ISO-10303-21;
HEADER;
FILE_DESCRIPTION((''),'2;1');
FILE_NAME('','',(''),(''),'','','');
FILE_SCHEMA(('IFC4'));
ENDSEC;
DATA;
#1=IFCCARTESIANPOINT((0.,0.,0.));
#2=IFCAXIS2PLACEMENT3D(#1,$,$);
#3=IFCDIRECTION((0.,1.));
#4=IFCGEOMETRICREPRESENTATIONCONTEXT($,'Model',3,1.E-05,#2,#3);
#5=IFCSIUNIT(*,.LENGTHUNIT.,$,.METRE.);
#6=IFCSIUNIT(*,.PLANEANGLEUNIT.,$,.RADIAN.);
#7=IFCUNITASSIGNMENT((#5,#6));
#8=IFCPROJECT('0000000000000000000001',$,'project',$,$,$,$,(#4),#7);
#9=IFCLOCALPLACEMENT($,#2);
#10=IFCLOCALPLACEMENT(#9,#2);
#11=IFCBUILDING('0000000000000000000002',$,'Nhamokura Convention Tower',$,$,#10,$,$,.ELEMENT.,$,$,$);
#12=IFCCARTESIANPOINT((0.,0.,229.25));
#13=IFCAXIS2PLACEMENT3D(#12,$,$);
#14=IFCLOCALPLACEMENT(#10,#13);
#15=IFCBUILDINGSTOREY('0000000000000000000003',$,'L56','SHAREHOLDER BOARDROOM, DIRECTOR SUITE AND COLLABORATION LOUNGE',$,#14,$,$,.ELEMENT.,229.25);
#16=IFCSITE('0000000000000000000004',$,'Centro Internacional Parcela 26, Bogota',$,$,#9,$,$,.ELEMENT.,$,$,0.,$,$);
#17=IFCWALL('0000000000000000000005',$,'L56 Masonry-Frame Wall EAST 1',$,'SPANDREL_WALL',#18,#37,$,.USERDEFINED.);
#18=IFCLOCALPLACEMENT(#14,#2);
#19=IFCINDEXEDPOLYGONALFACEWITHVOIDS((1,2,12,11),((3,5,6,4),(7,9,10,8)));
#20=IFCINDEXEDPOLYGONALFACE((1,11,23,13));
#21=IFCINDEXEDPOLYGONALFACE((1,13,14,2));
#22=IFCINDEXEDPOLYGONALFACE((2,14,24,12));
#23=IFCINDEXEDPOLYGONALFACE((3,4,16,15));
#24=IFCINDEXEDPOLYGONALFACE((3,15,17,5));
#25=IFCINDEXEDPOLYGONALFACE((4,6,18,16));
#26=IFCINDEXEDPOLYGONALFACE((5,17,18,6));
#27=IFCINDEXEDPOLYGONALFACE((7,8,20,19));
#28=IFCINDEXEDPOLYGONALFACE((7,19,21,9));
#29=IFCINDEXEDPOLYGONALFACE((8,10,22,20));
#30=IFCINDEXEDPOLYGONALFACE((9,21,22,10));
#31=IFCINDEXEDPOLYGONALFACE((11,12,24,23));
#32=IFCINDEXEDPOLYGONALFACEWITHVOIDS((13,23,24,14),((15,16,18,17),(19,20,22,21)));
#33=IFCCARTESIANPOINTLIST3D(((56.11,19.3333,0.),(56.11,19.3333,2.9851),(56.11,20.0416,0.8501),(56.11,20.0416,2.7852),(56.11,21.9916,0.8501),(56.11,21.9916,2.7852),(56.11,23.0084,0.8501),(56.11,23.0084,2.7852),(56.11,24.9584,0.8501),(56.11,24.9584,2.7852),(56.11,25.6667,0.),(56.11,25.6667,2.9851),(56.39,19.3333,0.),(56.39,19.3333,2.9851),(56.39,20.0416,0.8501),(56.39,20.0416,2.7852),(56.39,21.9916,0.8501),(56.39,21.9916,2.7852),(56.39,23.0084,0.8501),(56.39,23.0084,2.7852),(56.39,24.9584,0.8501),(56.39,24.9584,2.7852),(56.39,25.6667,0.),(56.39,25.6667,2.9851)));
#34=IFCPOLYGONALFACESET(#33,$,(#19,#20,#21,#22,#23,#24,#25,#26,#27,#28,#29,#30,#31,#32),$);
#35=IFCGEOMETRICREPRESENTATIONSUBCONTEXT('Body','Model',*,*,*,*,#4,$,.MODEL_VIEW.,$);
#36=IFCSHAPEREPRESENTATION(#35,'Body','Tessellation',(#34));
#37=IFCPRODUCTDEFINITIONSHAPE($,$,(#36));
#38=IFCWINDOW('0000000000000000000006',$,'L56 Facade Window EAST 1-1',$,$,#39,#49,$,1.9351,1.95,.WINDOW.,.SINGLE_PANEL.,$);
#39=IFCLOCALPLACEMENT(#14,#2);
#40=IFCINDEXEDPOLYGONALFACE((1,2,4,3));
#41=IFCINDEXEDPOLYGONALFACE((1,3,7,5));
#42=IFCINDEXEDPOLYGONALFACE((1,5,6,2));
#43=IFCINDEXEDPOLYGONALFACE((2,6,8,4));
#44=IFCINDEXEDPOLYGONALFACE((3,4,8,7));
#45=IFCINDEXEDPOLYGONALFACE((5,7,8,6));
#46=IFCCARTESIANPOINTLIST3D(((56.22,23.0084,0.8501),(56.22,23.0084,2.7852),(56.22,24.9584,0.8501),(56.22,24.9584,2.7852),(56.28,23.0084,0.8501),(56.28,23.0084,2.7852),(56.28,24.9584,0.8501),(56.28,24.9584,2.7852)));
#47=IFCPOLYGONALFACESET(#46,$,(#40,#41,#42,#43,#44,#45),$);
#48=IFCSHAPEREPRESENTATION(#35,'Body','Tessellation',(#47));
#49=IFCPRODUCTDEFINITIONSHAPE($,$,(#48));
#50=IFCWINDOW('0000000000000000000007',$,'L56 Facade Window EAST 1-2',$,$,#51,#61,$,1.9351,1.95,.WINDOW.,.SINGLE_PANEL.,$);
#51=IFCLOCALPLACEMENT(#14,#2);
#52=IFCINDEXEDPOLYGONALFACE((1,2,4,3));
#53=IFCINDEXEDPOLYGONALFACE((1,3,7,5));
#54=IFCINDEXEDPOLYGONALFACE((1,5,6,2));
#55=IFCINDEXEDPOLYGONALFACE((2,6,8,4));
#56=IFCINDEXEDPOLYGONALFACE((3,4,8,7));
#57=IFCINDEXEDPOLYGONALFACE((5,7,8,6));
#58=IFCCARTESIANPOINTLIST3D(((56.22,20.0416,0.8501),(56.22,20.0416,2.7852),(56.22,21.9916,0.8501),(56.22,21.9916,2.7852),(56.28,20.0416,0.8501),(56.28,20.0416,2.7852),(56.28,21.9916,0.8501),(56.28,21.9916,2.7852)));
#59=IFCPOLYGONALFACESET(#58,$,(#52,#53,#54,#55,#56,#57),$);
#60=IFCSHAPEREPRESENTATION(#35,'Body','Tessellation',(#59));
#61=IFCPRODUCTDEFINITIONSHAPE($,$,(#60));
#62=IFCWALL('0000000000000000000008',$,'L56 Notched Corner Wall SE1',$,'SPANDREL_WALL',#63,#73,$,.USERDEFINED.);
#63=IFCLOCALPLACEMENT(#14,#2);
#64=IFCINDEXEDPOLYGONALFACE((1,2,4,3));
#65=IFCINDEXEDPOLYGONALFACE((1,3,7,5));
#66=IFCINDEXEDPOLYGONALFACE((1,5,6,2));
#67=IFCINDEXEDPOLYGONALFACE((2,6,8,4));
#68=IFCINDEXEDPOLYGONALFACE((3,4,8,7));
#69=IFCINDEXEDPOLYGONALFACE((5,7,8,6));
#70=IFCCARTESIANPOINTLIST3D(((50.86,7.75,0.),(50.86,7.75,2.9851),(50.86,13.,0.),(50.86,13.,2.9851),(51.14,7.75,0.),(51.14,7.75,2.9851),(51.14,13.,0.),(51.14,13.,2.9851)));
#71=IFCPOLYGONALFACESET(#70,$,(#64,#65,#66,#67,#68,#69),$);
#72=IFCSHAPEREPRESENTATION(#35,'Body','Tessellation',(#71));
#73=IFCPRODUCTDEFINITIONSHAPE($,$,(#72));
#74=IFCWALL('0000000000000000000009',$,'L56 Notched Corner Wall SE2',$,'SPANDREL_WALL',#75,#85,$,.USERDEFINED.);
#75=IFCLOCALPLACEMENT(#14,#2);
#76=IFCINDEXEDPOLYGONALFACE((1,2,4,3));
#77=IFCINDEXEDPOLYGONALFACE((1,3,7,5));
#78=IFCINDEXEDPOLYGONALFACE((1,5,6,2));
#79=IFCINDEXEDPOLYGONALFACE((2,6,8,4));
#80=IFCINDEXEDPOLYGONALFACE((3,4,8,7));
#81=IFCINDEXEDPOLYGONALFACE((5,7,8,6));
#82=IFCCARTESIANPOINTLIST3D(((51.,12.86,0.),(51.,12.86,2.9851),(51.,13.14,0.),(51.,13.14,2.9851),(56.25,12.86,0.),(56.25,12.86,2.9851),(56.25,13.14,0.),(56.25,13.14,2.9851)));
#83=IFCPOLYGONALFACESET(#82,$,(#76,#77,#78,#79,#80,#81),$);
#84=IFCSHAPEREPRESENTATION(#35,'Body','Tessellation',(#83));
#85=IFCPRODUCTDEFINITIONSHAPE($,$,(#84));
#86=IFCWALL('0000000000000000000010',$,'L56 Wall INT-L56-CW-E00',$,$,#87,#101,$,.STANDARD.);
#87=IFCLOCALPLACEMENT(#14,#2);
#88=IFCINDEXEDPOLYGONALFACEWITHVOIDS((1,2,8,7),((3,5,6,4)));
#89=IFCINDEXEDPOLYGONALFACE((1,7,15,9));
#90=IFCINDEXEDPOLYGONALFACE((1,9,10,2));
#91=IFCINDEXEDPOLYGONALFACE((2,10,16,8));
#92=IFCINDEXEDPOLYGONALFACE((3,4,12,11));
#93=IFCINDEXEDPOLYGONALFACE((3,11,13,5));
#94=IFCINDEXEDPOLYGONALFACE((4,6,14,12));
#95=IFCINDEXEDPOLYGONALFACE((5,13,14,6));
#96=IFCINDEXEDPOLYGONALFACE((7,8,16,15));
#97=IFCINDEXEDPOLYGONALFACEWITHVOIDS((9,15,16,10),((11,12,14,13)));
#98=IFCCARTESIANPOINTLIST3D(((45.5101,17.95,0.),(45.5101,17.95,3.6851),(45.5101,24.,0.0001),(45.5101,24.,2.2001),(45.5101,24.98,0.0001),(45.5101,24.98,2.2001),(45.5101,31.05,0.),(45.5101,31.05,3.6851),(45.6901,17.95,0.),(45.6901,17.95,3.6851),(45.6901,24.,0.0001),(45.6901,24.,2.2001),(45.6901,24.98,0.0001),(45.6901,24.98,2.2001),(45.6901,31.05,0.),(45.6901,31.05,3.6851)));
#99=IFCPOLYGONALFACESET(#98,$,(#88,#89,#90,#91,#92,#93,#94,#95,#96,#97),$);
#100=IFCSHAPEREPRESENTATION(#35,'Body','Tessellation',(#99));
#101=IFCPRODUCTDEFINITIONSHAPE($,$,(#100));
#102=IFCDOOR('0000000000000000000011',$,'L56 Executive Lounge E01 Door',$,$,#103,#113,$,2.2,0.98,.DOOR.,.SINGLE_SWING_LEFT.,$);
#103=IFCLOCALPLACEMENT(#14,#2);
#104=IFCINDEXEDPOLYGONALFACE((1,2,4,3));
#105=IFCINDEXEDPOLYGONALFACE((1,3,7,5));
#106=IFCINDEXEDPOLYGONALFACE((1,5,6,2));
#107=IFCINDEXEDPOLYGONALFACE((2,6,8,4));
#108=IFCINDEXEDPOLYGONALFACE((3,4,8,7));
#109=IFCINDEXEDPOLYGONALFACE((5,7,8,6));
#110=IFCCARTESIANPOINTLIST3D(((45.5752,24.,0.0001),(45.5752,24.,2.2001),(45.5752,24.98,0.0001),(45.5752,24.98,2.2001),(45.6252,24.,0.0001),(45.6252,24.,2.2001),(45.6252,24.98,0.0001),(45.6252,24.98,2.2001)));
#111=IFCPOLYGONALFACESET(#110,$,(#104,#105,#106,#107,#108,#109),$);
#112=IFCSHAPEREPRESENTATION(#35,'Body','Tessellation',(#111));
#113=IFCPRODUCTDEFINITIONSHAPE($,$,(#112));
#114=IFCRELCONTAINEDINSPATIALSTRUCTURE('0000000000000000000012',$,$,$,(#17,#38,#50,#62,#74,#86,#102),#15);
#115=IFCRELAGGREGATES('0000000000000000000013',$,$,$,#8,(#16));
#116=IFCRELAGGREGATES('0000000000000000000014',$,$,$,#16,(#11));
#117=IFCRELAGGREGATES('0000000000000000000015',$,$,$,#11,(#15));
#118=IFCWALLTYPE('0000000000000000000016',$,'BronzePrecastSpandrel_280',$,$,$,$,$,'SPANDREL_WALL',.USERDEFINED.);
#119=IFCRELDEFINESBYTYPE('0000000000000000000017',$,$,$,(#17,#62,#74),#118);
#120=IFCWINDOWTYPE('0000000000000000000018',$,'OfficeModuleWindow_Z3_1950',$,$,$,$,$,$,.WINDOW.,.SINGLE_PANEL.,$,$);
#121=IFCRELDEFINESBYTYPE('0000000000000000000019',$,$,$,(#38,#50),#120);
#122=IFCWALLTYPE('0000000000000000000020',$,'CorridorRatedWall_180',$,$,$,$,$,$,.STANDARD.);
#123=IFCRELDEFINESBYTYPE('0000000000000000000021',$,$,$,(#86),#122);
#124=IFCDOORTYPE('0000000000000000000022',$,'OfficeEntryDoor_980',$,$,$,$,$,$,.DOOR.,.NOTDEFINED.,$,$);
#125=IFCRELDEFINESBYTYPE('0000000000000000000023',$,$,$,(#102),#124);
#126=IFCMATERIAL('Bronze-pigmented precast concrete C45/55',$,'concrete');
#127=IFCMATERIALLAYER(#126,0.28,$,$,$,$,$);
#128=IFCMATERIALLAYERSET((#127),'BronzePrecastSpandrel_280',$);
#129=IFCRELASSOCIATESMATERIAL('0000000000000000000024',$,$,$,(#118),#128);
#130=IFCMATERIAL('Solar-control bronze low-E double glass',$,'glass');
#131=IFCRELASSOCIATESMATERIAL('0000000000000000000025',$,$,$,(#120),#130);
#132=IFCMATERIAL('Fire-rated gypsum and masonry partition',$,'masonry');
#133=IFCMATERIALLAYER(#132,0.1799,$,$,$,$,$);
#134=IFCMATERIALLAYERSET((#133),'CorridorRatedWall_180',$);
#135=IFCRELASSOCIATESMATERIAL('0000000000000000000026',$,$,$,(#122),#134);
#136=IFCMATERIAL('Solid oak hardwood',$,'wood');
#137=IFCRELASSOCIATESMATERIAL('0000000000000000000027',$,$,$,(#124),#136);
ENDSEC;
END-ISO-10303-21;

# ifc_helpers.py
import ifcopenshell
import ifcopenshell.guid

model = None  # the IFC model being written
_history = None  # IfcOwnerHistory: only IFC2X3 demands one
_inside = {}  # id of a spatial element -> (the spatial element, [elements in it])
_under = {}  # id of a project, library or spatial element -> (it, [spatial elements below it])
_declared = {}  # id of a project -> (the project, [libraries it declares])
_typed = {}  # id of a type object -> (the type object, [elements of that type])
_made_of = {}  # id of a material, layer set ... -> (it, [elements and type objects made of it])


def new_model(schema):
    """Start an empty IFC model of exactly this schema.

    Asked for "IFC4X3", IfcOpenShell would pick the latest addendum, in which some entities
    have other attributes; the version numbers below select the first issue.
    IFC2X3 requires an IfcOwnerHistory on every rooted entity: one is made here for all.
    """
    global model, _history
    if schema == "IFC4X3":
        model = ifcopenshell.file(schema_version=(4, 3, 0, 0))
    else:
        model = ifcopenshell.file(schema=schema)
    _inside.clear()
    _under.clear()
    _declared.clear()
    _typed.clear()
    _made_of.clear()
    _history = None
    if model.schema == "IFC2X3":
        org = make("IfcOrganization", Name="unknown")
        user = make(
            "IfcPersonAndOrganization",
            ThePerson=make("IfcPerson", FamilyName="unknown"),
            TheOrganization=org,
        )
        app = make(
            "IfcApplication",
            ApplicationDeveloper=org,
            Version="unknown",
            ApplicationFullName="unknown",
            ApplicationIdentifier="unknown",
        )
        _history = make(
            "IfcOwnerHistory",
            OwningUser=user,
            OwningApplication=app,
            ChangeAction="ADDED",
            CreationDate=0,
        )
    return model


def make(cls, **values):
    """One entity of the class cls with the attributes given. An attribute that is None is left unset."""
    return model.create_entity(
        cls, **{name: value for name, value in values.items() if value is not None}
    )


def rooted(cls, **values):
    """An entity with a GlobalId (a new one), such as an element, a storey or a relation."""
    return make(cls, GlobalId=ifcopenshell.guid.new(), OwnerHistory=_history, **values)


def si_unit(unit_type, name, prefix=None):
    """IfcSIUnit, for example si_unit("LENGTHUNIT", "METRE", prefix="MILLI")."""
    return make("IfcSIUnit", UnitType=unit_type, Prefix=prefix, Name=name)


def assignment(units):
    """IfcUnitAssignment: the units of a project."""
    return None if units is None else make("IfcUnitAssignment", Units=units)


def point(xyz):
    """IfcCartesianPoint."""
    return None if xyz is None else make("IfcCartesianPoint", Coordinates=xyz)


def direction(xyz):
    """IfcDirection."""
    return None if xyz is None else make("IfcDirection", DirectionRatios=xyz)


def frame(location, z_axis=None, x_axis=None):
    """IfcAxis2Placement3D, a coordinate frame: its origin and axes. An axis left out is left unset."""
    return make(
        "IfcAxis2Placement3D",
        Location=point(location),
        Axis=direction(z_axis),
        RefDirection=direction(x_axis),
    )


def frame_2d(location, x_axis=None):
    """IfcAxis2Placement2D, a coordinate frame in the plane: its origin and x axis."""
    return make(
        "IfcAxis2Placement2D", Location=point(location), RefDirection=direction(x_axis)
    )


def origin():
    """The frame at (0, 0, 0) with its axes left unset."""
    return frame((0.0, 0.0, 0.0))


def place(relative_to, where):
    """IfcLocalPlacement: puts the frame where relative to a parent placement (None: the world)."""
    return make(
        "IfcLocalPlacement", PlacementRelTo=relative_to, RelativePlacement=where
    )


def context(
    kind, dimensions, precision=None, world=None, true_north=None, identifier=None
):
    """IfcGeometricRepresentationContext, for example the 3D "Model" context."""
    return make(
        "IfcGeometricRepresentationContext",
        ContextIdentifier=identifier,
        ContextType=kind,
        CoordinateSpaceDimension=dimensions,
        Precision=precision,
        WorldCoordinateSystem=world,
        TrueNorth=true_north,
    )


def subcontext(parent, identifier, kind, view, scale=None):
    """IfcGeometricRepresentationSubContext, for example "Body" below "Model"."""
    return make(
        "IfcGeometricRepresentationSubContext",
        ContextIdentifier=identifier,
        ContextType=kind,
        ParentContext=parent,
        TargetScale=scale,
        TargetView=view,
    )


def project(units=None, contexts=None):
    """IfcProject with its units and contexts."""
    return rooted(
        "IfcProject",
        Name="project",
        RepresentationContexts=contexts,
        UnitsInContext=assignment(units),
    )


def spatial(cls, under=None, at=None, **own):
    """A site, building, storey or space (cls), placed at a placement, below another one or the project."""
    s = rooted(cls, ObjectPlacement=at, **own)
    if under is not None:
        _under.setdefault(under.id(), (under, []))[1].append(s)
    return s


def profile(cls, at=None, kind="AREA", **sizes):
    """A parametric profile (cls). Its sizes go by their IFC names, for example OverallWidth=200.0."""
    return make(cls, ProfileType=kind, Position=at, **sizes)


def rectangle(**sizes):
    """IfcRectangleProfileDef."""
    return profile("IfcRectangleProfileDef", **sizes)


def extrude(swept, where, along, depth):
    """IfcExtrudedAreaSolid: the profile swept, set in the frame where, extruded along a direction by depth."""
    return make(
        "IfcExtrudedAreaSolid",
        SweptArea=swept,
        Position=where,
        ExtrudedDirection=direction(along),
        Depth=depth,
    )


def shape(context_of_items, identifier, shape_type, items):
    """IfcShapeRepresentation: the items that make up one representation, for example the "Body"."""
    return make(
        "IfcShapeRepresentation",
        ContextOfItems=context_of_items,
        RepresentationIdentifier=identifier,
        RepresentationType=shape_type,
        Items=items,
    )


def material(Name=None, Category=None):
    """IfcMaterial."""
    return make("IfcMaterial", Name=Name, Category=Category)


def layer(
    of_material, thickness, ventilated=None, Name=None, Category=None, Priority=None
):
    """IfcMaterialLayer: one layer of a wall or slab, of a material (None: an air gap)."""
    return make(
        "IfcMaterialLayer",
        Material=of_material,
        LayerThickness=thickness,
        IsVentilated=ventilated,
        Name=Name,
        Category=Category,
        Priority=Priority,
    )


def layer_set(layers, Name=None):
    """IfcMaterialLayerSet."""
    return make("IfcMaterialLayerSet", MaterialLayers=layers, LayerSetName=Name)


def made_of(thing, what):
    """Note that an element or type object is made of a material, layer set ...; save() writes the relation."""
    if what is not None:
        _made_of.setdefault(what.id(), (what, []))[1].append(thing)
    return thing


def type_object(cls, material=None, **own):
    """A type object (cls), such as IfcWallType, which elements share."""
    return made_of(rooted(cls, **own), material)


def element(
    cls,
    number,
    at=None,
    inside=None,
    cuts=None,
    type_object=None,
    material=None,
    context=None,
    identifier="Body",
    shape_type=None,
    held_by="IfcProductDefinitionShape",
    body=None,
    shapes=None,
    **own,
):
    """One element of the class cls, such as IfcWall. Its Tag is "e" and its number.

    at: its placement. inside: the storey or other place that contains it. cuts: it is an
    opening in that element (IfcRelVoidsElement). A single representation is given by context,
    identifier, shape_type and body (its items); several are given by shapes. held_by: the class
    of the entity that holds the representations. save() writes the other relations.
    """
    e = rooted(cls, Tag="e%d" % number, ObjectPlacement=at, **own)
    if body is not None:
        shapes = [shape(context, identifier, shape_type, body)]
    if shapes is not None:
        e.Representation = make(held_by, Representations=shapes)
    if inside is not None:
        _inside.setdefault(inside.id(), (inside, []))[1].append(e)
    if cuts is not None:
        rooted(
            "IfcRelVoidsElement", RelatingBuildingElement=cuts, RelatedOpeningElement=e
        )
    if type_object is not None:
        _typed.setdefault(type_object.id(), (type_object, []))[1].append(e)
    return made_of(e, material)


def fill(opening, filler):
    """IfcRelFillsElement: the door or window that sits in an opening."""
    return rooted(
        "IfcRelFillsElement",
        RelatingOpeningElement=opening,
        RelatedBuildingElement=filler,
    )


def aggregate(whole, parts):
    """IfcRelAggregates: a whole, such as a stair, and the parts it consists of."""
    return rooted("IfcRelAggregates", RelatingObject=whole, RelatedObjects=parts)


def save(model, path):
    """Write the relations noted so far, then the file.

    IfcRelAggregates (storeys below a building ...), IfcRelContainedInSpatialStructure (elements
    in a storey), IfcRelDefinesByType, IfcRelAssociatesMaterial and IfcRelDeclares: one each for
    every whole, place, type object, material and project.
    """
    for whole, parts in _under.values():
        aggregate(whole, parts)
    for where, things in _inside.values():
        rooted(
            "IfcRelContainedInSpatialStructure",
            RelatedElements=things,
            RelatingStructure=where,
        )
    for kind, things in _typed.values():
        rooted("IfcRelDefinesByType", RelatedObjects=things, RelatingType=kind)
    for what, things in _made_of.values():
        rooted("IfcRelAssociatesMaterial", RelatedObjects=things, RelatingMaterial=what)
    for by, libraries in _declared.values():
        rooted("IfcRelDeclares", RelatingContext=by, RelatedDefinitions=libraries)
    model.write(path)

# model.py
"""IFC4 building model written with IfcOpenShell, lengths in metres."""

from ifc_helpers import new_model, si_unit, direction, frame, frame_2d, origin, place, context, subcontext, project, spatial, rectangle, extrude, material, layer, layer_set, type_object, element, fill, save


model = new_model("IFC4")

# Units and contexts
model_context = context("Model", 3, precision=1e-05, world=origin(), true_north=direction((0.0, 1.0)))
body_context = subcontext(model_context, "Body", "Model", "MODEL_VIEW")
ifc_project = project(units=[si_unit("LENGTHUNIT", "METRE"), si_unit("PLANEANGLEUNIT", "RADIAN")], contexts=[model_context])

# Site, building, storey
site_placement = place(None, origin())
site = spatial("IfcSite", under=ifc_project, at=site_placement, Name="Centro Internacional Parcela 26, Bogota", CompositionType="ELEMENT", RefElevation=0.0)
building_placement = place(site_placement, origin())
building = spatial("IfcBuilding", under=site, at=building_placement, Name="Nhamokura Convention Tower", CompositionType="ELEMENT")
storey_placement = place(building_placement, frame((0.0, 0.0, 229.25)))
storey = spatial("IfcBuildingStorey", under=building, at=storey_placement, Name="L56", Description="SHAREHOLDER BOARDROOM, DIRECTOR SUITE AND COLLABORATION LOUNGE", CompositionType="ELEMENT", Elevation=229.25)

# Shared definitions
ifc_material_1 = material(Name="Bronze-pigmented precast concrete C45/55", Category="concrete")
ifc_layer_1 = layer(ifc_material_1, 0.28)
ifc_layer_set_1 = layer_set([ifc_layer_1], Name="BronzePrecastSpandrel_280")
wall_type_1 = type_object("IfcWallType", Name="BronzePrecastSpandrel_280", ElementType="SPANDREL_WALL", PredefinedType="USERDEFINED", material=ifc_layer_set_1)
ifc_material_2 = material(Name="Solar-control bronze low-E double glass", Category="glass")
window_type = type_object("IfcWindowType", Name="OfficeModuleWindow_Z3_1950", PartitioningType="SINGLE_PANEL", PredefinedType="WINDOW", material=ifc_material_2)

# Wall, openings, windows
wall_1_placement = place(storey_placement, frame((56.25, 25.6667, 0.0), z_axis=(0.0, 0.0, 1.0), x_axis=(0.0, -1.0, 0.0)))
wall_1 = element("IfcWall", 1, at=wall_1_placement, inside=storey, type_object=wall_type_1, Name="L56 Masonry-Frame Wall EAST 1", ObjectType="SPANDREL_WALL", PredefinedType="USERDEFINED", context=body_context, shape_type="SweptSolid", body=[
    extrude(rectangle(XDim=6.3335, YDim=0.28, at=frame_2d((3.1667, 0.0))), origin(), (0.0, 0.0, 1.0), 2.9851),
])
opening_1_placement = place(wall_1_placement, frame((0.7083, 0.0, 0.8501)))
opening_1 = element("IfcOpeningElement", 2, at=opening_1_placement, cuts=wall_1, PredefinedType="OPENING", context=body_context, shape_type="SweptSolid", body=[
    extrude(rectangle(XDim=1.95, YDim=1.9351, at=frame_2d((0.9751, 0.9675))), frame((0.0, 0.1499, 0.0), z_axis=(0.0, -1.0, 0.0), x_axis=(1.0, 0.0, 0.0)), (0.0, 0.0, 1.0), 0.3),
])
opening_2_placement = place(wall_1_placement, frame((3.675, 0.0, 0.8501)))
opening_2 = element("IfcOpeningElement", 3, at=opening_2_placement, cuts=wall_1, PredefinedType="OPENING", context=body_context, shape_type="SweptSolid", body=[
    extrude(rectangle(XDim=1.95, YDim=1.9351, at=frame_2d((0.9751, 0.9675))), frame((0.0, 0.1499, 0.0), z_axis=(0.0, -1.0, 0.0), x_axis=(1.0, 0.0, 0.0)), (0.0, 0.0, 1.0), 0.3),
])
window_1_placement = place(opening_1_placement, origin())
window_1 = element("IfcWindow", 4, at=window_1_placement, inside=storey, type_object=window_type, Name="L56 Facade Window EAST 1-1", OverallHeight=1.9351, OverallWidth=1.95, PartitioningType="SINGLE_PANEL", PredefinedType="WINDOW", context=body_context, shape_type="SweptSolid", body=[
    extrude(rectangle(XDim=1.95, YDim=1.9351, at=frame_2d((0.9751, 0.9675))), frame((0.0, 0.03, 0.0), z_axis=(0.0, -1.0, 0.0), x_axis=(1.0, 0.0, 0.0)), (0.0, 0.0, 1.0), 0.0601),
])
fill(opening_1, window_1)
window_2_placement = place(opening_2_placement, origin())
window_2 = element("IfcWindow", 5, at=window_2_placement, inside=storey, type_object=window_type, Name="L56 Facade Window EAST 1-2", OverallHeight=1.9351, OverallWidth=1.95, PartitioningType="SINGLE_PANEL", PredefinedType="WINDOW", context=body_context, shape_type="SweptSolid", body=[
    extrude(rectangle(XDim=1.95, YDim=1.9351, at=frame_2d((0.9751, 0.9675))), frame((0.0, 0.03, 0.0), z_axis=(0.0, -1.0, 0.0), x_axis=(1.0, 0.0, 0.0)), (0.0, 0.0, 1.0), 0.0601),
])
fill(opening_2, window_2)

# Walls
for number, where, z_axis, x_axis, name in (
    (6, (51.0, 13.0, 0.0), (0.0, 0.0, 1.0), (0.0, -1.0, 0.0), "L56 Notched Corner Wall SE1"),
    (7, (56.25, 13.0, 0.0), (0.0, 0.0, 1.0), (-1.0, 0.0, 0.0), "L56 Notched Corner Wall SE2"),
):
    element("IfcWall", number, at=place(storey_placement, frame(where, z_axis=z_axis, x_axis=x_axis)), inside=storey, type_object=wall_type_1, Name=name, ObjectType="SPANDREL_WALL", PredefinedType="USERDEFINED", context=body_context, shape_type="SweptSolid", body=[
        extrude(rectangle(XDim=5.25, YDim=0.28, at=frame_2d((2.625, 0.0))), origin(), (0.0, 0.0, 1.0), 2.9851),
    ])

# Wall, opening, door
ifc_material_3 = material(Name="Fire-rated gypsum and masonry partition", Category="masonry")
ifc_layer_2 = layer(ifc_material_3, 0.1799)
ifc_layer_set_2 = layer_set([ifc_layer_2], Name="CorridorRatedWall_180")
wall_type_2 = type_object("IfcWallType", Name="CorridorRatedWall_180", PredefinedType="STANDARD", material=ifc_layer_set_2)
wall_2_placement = place(storey_placement, frame((45.6001, 17.95, 0.0), z_axis=(0.0, 0.0, 1.0), x_axis=(0.0, 1.0, 0.0)))
wall_2 = element("IfcWall", 8, at=wall_2_placement, inside=storey, type_object=wall_type_2, Name="L56 Wall INT-L56-CW-E00", PredefinedType="STANDARD", context=body_context, shape_type="SweptSolid", body=[
    extrude(rectangle(XDim=13.1001, YDim=0.1799, at=frame_2d((6.55, 0.0))), origin(), (0.0, 0.0, 1.0), 3.6851),
])
opening_3_placement = place(wall_2_placement, frame((6.05, 0.0, 0.0)))
opening_3 = element("IfcOpeningElement", 9, at=opening_3_placement, cuts=wall_2, PredefinedType="OPENING", context=body_context, shape_type="SweptSolid", body=[
    extrude(rectangle(XDim=0.98, YDim=2.2, at=frame_2d((0.49, 1.1001))), frame((0.0, 0.0999, 0.0), z_axis=(0.0, -1.0, 0.0), x_axis=(1.0, 0.0, 0.0)), (0.0, 0.0, 1.0), 0.2),
])
ifc_material_4 = material(Name="Solid oak hardwood", Category="wood")
door_type_1 = type_object("IfcDoorType", Name="OfficeEntryDoor_980", OperationType="NOTDEFINED", PredefinedType="DOOR", material=ifc_material_4)
door_1_placement = place(opening_3_placement, origin())
door_1 = element("IfcDoor", 10, at=door_1_placement, inside=storey, type_object=door_type_1, Name="L56 Executive Lounge E01 Door", OperationType="SINGLE_SWING_LEFT", OverallHeight=2.2, OverallWidth=0.98, PredefinedType="DOOR", context=body_context, shape_type="SweptSolid", body=[
    extrude(rectangle(XDim=0.98, YDim=2.2, at=frame_2d((0.49, 1.1001))), frame((0.0, 0.0249, 0.0), z_axis=(0.0, -1.0, 0.0), x_axis=(1.0, 0.0, 0.0)), (0.0, 0.0, 1.0), 0.05),
])
fill(opening_3, door_1)

save(model, "model.ifc")
